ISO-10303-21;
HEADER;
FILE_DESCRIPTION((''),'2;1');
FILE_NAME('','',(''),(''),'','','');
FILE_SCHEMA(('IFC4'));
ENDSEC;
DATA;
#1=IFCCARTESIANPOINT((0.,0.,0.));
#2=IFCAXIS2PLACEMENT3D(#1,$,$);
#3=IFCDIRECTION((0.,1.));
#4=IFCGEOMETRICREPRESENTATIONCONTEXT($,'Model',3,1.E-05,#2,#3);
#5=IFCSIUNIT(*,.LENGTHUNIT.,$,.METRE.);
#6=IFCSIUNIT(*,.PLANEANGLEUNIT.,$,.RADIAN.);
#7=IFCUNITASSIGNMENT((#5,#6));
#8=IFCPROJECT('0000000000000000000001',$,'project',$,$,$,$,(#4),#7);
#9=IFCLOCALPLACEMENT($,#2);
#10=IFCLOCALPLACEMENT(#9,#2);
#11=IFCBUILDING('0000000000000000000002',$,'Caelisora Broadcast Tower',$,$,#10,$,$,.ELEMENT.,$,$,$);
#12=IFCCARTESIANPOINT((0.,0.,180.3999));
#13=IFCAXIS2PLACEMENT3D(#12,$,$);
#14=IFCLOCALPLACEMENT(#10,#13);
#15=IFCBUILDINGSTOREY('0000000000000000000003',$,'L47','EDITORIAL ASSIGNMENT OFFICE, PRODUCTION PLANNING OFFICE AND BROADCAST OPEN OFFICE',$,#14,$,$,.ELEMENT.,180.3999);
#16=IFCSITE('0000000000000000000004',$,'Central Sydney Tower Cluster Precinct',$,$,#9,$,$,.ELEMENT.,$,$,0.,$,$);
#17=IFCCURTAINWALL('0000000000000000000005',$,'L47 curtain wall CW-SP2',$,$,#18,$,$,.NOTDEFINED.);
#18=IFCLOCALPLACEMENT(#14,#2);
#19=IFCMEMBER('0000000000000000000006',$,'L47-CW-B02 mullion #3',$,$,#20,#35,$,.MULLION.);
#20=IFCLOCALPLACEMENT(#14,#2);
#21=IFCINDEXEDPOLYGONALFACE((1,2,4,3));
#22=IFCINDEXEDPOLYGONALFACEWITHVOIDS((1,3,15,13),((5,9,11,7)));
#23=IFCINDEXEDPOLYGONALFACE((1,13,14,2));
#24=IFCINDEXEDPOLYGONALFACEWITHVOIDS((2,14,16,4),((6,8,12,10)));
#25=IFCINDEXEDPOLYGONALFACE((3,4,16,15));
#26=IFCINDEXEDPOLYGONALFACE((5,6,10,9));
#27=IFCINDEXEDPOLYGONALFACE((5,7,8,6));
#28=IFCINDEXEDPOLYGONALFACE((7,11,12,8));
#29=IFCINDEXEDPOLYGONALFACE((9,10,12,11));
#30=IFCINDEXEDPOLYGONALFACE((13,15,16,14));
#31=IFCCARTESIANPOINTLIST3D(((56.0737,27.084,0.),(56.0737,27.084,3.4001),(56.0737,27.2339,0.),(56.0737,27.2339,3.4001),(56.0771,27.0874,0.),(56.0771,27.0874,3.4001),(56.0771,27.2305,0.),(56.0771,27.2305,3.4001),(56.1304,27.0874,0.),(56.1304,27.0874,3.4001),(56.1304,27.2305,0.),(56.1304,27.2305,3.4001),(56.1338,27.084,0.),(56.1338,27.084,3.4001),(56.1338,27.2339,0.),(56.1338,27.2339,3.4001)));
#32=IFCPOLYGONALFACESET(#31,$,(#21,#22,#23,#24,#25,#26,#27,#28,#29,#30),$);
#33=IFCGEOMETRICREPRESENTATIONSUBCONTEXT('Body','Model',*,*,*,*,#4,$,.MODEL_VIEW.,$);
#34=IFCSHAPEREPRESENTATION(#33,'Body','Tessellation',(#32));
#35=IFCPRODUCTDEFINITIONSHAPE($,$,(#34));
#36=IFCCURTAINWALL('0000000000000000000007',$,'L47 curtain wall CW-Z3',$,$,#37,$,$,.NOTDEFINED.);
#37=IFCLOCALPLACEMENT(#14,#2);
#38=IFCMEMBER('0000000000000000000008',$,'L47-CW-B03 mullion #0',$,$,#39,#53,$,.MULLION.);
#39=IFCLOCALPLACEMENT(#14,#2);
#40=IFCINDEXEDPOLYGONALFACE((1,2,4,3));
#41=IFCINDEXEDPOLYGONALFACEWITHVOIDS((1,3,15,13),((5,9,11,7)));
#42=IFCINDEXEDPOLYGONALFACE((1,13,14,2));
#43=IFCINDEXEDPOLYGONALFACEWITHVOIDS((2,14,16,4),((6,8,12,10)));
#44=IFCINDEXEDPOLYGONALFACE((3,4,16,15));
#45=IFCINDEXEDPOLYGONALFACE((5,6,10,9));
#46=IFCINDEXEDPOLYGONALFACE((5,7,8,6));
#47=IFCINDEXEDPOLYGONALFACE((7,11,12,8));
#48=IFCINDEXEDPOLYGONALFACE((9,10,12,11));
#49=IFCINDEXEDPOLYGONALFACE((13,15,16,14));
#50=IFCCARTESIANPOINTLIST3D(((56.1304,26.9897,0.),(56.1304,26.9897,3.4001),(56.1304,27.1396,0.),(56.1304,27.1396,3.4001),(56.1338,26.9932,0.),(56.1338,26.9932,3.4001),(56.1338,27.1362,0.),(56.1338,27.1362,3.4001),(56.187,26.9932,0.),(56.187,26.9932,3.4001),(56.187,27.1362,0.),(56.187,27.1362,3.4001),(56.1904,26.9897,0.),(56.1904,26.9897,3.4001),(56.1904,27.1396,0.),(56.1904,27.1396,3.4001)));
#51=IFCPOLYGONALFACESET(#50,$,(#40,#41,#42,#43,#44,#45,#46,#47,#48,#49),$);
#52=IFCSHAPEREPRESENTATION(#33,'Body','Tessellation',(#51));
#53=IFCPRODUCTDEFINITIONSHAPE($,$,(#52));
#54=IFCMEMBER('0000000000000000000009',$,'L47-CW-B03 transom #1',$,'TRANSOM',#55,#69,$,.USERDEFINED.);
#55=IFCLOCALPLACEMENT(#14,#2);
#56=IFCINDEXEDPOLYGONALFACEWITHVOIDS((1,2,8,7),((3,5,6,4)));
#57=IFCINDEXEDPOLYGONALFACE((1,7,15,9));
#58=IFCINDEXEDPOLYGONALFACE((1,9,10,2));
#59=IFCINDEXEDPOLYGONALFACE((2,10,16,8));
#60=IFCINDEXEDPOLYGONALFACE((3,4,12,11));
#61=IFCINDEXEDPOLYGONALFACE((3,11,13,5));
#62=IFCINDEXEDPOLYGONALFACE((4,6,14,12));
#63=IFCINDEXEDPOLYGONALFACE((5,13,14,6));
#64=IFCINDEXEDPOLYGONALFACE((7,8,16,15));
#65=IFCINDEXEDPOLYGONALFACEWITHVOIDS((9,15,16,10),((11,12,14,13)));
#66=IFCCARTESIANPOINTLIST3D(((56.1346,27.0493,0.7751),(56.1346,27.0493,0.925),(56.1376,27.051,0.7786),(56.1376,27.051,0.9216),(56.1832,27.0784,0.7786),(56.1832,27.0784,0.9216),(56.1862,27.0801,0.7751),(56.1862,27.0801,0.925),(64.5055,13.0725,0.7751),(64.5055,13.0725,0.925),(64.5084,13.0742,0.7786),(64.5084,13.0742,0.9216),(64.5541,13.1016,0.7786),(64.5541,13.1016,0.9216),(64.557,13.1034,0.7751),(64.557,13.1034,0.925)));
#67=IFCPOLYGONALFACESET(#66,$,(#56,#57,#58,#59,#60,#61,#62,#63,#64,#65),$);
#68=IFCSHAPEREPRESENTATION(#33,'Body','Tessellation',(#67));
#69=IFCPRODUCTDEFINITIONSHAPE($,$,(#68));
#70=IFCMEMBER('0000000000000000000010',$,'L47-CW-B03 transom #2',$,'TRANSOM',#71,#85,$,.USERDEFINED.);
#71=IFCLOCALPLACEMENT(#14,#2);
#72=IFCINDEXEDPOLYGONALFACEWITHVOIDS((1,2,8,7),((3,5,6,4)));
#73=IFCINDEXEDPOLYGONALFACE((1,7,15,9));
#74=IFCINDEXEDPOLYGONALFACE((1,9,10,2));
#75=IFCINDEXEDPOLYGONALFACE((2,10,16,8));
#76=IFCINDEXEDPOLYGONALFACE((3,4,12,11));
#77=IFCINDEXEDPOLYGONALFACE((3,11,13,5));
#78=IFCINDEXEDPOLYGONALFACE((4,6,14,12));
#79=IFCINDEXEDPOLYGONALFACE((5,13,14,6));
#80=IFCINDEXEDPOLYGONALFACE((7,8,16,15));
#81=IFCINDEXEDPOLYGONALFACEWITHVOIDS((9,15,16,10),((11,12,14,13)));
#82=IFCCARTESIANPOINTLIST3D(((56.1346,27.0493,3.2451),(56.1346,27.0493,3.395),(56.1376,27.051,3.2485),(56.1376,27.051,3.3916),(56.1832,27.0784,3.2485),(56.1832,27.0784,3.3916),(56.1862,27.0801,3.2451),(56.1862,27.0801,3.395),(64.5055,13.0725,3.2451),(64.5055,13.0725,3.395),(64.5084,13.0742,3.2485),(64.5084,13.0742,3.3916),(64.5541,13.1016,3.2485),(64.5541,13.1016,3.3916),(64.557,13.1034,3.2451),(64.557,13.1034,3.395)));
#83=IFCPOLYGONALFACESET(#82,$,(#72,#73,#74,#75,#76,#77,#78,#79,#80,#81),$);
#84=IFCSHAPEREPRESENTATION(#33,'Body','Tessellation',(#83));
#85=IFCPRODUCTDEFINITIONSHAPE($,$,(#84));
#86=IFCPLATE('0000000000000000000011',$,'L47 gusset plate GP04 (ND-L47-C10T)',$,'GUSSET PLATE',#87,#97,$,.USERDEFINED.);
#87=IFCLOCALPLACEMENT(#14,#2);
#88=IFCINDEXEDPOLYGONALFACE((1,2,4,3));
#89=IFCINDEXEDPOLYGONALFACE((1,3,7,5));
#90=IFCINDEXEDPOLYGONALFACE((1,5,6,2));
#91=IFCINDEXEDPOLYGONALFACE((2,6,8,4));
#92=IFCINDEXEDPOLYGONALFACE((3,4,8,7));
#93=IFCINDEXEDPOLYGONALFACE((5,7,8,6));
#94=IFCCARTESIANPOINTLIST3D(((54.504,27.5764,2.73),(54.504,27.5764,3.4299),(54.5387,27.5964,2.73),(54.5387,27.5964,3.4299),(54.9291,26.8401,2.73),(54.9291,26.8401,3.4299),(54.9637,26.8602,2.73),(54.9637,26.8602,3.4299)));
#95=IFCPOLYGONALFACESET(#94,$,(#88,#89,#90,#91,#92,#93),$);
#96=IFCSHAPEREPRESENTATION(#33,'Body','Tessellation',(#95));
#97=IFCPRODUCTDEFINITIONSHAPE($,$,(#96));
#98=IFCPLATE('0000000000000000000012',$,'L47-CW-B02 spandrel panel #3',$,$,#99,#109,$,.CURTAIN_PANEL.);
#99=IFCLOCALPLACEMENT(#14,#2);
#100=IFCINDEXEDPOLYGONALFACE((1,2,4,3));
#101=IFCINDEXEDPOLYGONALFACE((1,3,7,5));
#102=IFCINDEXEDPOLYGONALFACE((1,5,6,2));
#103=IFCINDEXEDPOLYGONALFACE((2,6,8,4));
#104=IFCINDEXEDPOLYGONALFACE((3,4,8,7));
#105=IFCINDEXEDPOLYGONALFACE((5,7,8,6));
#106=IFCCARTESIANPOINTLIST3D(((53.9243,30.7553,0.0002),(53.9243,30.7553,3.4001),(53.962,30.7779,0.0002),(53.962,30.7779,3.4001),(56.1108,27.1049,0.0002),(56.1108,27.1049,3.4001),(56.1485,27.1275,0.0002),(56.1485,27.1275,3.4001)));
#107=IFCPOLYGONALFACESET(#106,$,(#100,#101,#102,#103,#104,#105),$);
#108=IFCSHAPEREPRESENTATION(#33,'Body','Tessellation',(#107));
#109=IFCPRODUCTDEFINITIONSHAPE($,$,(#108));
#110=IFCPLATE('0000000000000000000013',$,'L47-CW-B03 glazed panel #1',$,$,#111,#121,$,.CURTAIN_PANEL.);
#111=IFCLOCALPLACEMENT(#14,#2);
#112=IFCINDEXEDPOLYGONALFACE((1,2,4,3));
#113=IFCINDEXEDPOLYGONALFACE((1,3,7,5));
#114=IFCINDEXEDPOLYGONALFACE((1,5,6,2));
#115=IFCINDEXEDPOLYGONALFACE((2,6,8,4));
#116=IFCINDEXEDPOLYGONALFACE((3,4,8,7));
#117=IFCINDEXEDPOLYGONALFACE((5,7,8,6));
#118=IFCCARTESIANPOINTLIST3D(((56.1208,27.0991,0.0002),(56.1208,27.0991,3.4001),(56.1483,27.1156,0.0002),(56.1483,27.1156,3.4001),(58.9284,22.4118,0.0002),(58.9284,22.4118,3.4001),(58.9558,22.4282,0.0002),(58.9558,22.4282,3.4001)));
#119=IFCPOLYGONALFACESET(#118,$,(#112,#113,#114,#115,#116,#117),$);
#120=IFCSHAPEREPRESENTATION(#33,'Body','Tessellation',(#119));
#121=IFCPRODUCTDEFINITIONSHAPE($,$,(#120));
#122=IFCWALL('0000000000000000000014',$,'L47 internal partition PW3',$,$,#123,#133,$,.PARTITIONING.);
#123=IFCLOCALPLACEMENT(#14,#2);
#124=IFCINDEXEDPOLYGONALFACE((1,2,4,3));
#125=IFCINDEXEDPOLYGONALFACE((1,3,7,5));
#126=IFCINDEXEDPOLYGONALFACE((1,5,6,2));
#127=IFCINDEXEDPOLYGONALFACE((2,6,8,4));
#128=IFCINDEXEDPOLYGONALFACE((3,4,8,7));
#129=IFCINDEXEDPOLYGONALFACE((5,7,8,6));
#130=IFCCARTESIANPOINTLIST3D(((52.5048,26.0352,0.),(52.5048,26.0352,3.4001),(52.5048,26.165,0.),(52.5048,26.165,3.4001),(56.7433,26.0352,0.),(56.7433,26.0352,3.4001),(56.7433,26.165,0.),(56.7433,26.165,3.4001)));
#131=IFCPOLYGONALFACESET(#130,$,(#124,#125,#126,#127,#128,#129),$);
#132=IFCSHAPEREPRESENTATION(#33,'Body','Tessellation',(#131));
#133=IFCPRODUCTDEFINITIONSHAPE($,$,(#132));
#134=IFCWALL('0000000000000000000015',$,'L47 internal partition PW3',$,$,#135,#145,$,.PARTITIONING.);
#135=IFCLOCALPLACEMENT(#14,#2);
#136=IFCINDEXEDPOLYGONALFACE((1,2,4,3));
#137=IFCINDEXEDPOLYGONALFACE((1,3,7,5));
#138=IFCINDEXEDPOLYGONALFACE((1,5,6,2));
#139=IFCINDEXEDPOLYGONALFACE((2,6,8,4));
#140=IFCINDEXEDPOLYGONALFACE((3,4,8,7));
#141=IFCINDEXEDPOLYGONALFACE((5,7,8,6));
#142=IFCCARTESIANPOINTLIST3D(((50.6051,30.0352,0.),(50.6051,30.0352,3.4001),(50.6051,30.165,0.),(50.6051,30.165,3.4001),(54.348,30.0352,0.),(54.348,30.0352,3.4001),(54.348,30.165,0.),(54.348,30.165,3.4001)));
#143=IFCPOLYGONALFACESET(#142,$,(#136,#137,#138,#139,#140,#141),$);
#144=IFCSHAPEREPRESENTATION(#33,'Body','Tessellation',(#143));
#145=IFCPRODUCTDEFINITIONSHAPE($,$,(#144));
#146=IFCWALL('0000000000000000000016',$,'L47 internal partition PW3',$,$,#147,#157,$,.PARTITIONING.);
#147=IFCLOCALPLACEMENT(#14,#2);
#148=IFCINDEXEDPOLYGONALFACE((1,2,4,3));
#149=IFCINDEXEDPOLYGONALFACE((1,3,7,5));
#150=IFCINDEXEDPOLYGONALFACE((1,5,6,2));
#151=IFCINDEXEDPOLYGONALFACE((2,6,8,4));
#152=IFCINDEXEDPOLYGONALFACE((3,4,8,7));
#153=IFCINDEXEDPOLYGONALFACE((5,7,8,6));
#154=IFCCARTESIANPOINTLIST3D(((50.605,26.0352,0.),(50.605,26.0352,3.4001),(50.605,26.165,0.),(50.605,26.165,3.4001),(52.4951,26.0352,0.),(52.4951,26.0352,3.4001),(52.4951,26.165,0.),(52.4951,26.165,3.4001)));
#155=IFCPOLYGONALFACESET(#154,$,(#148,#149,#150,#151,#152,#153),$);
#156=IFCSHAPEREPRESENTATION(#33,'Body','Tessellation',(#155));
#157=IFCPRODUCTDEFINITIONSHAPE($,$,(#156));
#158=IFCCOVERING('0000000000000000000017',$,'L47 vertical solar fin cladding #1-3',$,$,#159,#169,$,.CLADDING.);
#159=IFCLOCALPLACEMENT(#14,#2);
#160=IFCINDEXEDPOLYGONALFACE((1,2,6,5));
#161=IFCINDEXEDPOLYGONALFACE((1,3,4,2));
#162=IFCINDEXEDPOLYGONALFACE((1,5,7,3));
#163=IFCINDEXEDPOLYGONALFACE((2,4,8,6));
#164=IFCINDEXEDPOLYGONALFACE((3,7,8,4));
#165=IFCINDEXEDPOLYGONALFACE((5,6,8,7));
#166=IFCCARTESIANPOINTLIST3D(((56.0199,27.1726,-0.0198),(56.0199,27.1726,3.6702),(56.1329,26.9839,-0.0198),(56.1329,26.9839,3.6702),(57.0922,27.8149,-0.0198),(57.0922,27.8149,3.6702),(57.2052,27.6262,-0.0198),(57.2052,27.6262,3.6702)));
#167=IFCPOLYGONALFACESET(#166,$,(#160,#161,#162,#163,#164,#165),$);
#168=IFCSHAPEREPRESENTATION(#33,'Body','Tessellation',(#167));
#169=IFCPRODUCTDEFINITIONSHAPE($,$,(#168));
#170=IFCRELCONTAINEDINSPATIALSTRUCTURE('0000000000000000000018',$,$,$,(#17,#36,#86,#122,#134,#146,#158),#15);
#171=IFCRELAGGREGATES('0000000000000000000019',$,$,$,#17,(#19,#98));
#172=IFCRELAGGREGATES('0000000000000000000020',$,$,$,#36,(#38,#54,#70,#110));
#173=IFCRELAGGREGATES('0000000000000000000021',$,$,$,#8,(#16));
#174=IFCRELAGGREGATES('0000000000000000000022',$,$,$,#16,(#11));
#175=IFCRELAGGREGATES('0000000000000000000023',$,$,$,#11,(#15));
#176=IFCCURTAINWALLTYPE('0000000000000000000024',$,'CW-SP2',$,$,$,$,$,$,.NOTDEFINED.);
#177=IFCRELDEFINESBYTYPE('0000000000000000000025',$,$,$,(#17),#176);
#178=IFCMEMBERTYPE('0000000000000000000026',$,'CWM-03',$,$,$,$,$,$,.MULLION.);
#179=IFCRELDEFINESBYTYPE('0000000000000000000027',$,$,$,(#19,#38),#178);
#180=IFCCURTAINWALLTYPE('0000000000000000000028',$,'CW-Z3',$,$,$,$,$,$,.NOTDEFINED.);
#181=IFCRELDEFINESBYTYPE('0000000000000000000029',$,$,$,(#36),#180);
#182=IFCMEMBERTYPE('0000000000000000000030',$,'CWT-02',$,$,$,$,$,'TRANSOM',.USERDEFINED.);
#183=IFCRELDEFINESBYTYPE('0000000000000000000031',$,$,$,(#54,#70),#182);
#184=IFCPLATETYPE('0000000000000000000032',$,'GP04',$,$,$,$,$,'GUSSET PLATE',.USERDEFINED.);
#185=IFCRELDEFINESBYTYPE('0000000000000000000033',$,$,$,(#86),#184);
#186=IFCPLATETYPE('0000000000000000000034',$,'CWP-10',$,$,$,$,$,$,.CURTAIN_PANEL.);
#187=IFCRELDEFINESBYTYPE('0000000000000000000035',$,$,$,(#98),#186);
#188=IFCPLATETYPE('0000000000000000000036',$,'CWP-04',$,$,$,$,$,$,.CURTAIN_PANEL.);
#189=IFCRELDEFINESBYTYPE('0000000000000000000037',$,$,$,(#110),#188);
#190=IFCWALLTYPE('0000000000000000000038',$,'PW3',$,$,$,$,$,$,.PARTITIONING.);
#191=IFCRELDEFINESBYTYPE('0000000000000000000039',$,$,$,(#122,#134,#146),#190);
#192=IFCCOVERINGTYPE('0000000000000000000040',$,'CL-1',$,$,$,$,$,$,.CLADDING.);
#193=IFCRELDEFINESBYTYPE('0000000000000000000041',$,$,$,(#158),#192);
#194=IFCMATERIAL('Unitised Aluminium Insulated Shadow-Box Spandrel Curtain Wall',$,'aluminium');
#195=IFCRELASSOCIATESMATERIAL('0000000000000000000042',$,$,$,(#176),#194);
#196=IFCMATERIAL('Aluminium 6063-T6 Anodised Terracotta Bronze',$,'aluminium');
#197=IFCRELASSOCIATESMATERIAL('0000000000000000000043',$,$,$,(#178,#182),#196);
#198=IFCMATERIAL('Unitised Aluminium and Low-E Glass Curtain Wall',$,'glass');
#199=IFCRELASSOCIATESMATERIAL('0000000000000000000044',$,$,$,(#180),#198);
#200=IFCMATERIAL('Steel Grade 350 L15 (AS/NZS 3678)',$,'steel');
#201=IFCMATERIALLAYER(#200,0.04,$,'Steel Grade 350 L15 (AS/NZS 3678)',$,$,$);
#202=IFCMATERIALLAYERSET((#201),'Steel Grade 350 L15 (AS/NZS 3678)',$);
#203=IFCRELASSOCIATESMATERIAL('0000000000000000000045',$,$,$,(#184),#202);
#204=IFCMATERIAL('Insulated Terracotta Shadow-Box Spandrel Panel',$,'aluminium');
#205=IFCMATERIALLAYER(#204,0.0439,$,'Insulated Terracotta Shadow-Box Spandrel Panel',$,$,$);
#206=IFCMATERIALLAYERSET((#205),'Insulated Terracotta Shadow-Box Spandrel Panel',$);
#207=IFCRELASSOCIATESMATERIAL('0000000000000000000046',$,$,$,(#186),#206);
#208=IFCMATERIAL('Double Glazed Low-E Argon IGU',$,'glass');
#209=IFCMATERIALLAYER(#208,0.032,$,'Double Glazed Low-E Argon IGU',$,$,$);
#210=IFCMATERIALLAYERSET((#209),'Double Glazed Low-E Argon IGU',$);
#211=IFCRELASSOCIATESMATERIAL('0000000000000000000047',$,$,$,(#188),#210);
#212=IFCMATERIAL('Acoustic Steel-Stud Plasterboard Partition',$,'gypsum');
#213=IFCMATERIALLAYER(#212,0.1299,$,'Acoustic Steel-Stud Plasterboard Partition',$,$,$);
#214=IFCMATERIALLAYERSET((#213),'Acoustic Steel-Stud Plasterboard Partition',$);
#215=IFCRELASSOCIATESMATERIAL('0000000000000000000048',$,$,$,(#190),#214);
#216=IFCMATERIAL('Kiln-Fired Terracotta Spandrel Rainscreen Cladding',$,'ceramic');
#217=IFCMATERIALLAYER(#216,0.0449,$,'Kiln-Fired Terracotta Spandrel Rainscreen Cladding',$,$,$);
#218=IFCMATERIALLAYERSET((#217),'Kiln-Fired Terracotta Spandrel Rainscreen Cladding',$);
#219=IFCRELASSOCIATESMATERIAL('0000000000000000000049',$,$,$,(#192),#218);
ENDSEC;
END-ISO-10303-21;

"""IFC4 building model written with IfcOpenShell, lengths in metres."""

from ifc_helpers import new_model, si_unit, direction, frame, frame_2d, origin, origin_2d, place, context, subcontext, project, spatial, rectangle, hollow_rectangle, extrude, source, transform, mapped, material, layer, layer_set, material_profile, profile_set, type_object, type_shapes, element, aggregate, save


model = new_model("IFC4")

# Units and contexts
model_context = context("Model", 3, precision=1e-05, world=origin(), true_north=direction((0.0, 1.0)))
body_context = subcontext(model_context, "Body", "Model", "MODEL_VIEW")
ifc_project = project(units=[si_unit("LENGTHUNIT", "METRE"), si_unit("PLANEANGLEUNIT", "RADIAN")], contexts=[model_context])

# Site, building, storey
site_placement = place(None, origin())
site = spatial("IfcSite", under=ifc_project, at=site_placement, Name="Central Sydney Tower Cluster Precinct", CompositionType="ELEMENT", RefElevation=0.0)
building_placement = place(site_placement, origin())
building = spatial("IfcBuilding", under=site, at=building_placement, Name="Caelisora Broadcast Tower", CompositionType="ELEMENT")
storey_placement = place(building_placement, frame((0.0, 0.0, 180.3999)))
storey = spatial("IfcBuildingStorey", under=building, at=storey_placement, Name="L47", Description="EDITORIAL ASSIGNMENT OFFICE, PRODUCTION PLANNING OFFICE AND BROADCAST OPEN OFFICE", CompositionType="ELEMENT", Elevation=180.3999)

# Shared definitions
ifc_material_1 = material(Name="Steel Grade 350 L15 (AS/NZS 3678)", Category="steel")

# Curtain walls, members
ifc_material_2 = material(Name="Unitised Aluminium Insulated Shadow-Box Spandrel Curtain Wall", Category="aluminium")
curtain_wall_type_1 = type_object("IfcCurtainWallType", Name="CW-SP2", PredefinedType="NOTDEFINED", material=ifc_material_2)
curtain_wall_1_placement = place(storey_placement, origin())
curtain_wall_1 = element("IfcCurtainWall", 1, at=curtain_wall_1_placement, inside=storey, type_object=curtain_wall_type_1, Name="L47 curtain wall CW-SP2", PredefinedType="NOTDEFINED")
ifc_material_3 = material(Name="Aluminium 6063-T6 Anodised Terracotta Bronze", Category="aluminium")
ifc_material_profile_1 = material_profile(ifc_material_3, hollow_rectangle(XDim=0.0601, YDim=0.1499, WallThickness=0.0034, at=origin_2d()), Name="Aluminium 6063-T6 Anodised Terracotta Bronze")
ifc_profile_set_1 = profile_set([ifc_material_profile_1], Name="Aluminium 6063-T6 Anodised Terracotta Bronze")
member_type_1 = type_object("IfcMemberType", Name="CWM-03", PredefinedType="MULLION", material=ifc_profile_set_1)
shared_shape_1 = source(origin(), body_context, "Body", "SweptSolid", [
    extrude(hollow_rectangle(XDim=0.0601, YDim=0.1499, WallThickness=0.0034, at=origin_2d()), origin(), (0.0, 0.0, 1.0), 3.4001),
])
type_shapes(member_type_1, [shared_shape_1])
member_1_placement = place(storey_placement, frame((56.1038, 27.1589, 0.0), z_axis=(0.0, 0.0, 1.0), x_axis=(1.0, 0.0, 0.0)))
member_1 = element("IfcMember", 2, at=member_1_placement, type_object=member_type_1, Name="L47-CW-B02 mullion #3", PredefinedType="MULLION", context=body_context, shape_type="MappedRepresentation", body=[
    mapped(shared_shape_1, transform((0.0, 0.0, 0.0), scale=1.0)),
])
ifc_material_4 = material(Name="Unitised Aluminium and Low-E Glass Curtain Wall", Category="glass")
curtain_wall_type_2 = type_object("IfcCurtainWallType", Name="CW-Z3", PredefinedType="NOTDEFINED", material=ifc_material_4)
curtain_wall_2_placement = place(storey_placement, origin())
curtain_wall_2 = element("IfcCurtainWall", 3, at=curtain_wall_2_placement, inside=storey, type_object=curtain_wall_type_2, Name="L47 curtain wall CW-Z3", PredefinedType="NOTDEFINED")
member_2_placement = place(storey_placement, frame((56.1604, 27.0647, 0.0), z_axis=(0.0, 0.0, 1.0), x_axis=(1.0, 0.0, 0.0)))
member_2 = element("IfcMember", 4, at=member_2_placement, type_object=member_type_1, Name="L47-CW-B03 mullion #0", PredefinedType="MULLION", context=body_context, shape_type="MappedRepresentation", body=[
    mapped(shared_shape_1, transform((0.0, 0.0, 0.0), scale=1.0)),
])
ifc_material_profile_2 = material_profile(ifc_material_3, hollow_rectangle(XDim=0.0601, YDim=0.1499, WallThickness=0.0034, at=origin_2d()), Name="Aluminium 6063-T6 Anodised Terracotta Bronze")
ifc_profile_set_2 = profile_set([ifc_material_profile_2], Name="Aluminium 6063-T6 Anodised Terracotta Bronze")
member_type_2 = type_object("IfcMemberType", Name="CWT-02", ElementType="TRANSOM", PredefinedType="USERDEFINED", material=ifc_profile_set_2)
shared_shape_2 = source(origin(), body_context, "Body", "SweptSolid", [
    extrude(hollow_rectangle(XDim=0.0601, YDim=0.1499, WallThickness=0.0034, at=origin_2d()), origin(), (0.0, 0.0, 1.0), 16.2917),
])
type_shapes(member_type_2, [shared_shape_2])
member_3_placement = place(storey_placement, frame((56.1604, 27.0647, 0.8501), z_axis=(0.513808, -0.857905, 0.0), x_axis=(0.857905, 0.513808, 0.0)))
member_3 = element("IfcMember", 5, at=member_3_placement, type_object=member_type_2, Name="L47-CW-B03 transom #1", ObjectType="TRANSOM", PredefinedType="USERDEFINED", context=body_context, shape_type="MappedRepresentation", body=[
    mapped(shared_shape_2, transform((0.0, 0.0, 0.0), scale=1.0)),
])
member_4_placement = place(storey_placement, frame((56.1604, 27.0647, 3.3201), z_axis=(0.513808, -0.857905, 0.0), x_axis=(0.857905, 0.513808, 0.0)))
member_4 = element("IfcMember", 6, at=member_4_placement, type_object=member_type_2, Name="L47-CW-B03 transom #2", ObjectType="TRANSOM", PredefinedType="USERDEFINED", context=body_context, shape_type="MappedRepresentation", body=[
    mapped(shared_shape_2, transform((0.0, 0.0, 0.0), scale=1.0)),
])

# Plates
ifc_layer_1 = layer(ifc_material_1, 0.04, Name="Steel Grade 350 L15 (AS/NZS 3678)")
ifc_layer_set_1 = layer_set([ifc_layer_1], Name="Steel Grade 350 L15 (AS/NZS 3678)")
plate_type_1 = type_object("IfcPlateType", Name="GP04", ElementType="GUSSET PLATE", PredefinedType="USERDEFINED", material=ifc_layer_set_1)
shared_shape_3 = source(origin(), body_context, "Body", "SweptSolid", [
    extrude(rectangle(XDim=0.8501, YDim=0.04, at=origin_2d()), origin(), (0.0, 0.0, 1.0), 0.7),
])
type_shapes(plate_type_1, [shared_shape_3])
plate_1_placement = place(storey_placement, frame((54.7339, 27.2183, 2.73), z_axis=(0.0, 0.0, 1.0), x_axis=(-0.5, 0.866025, 0.0)))
element("IfcPlate", 7, at=plate_1_placement, inside=storey, type_object=plate_type_1, Name="L47 gusset plate GP04 (ND-L47-C10T)", ObjectType="GUSSET PLATE", PredefinedType="USERDEFINED", context=body_context, shape_type="MappedRepresentation", body=[
    mapped(shared_shape_3, transform((0.0, 0.0, 0.0), scale=1.0)),
])
ifc_material_5 = material(Name="Insulated Terracotta Shadow-Box Spandrel Panel", Category="aluminium")
ifc_layer_2 = layer(ifc_material_5, 0.0439, Name="Insulated Terracotta Shadow-Box Spandrel Panel")
ifc_layer_set_2 = layer_set([ifc_layer_2], Name="Insulated Terracotta Shadow-Box Spandrel Panel")
plate_type_2 = type_object("IfcPlateType", Name="CWP-10", PredefinedType="CURTAIN_PANEL", material=ifc_layer_set_2)
shared_shape_4 = source(origin(), body_context, "Body", "SweptSolid", [
    extrude(rectangle(XDim=4.2551, YDim=0.0439, at=origin_2d()), origin(), (0.0, 0.0, 1.0), 3.3999),
])
type_shapes(plate_type_2, [shared_shape_4])
plate_2_placement = place(storey_placement, frame((55.0364, 28.9414, 0.0002), z_axis=(0.0, 0.0, 1.0), x_axis=(0.513841, -0.857886, 0.0)))
plate_2 = element("IfcPlate", 8, at=plate_2_placement, type_object=plate_type_2, Name="L47-CW-B02 spandrel panel #3", PredefinedType="CURTAIN_PANEL", context=body_context, shape_type="MappedRepresentation", body=[
    mapped(shared_shape_4, transform((0.0, 0.0, 0.0), scale=1.0)),
])
aggregate(curtain_wall_1, [member_1, plate_2])
ifc_material_6 = material(Name="Double Glazed Low-E Argon IGU", Category="glass")
ifc_layer_3 = layer(ifc_material_6, 0.032, Name="Double Glazed Low-E Argon IGU")
ifc_layer_set_3 = layer_set([ifc_layer_3], Name="Double Glazed Low-E Argon IGU")
plate_type_3 = type_object("IfcPlateType", Name="CWP-04", PredefinedType="CURTAIN_PANEL", material=ifc_layer_set_3)
shared_shape_5 = source(origin(), body_context, "Body", "SweptSolid", [
    extrude(rectangle(XDim=5.4639, YDim=0.032, at=origin_2d()), origin(), (0.0, 0.0, 1.0), 3.3999),
])
type_shapes(plate_type_3, [shared_shape_5])
plate_3_placement = place(storey_placement, frame((57.5383, 24.7637, 0.0002), z_axis=(0.0, 0.0, 1.0), x_axis=(0.513841, -0.857886, 0.0)))
plate_3 = element("IfcPlate", 9, at=plate_3_placement, type_object=plate_type_3, Name="L47-CW-B03 glazed panel #1", PredefinedType="CURTAIN_PANEL", context=body_context, shape_type="MappedRepresentation", body=[
    mapped(shared_shape_5, transform((0.0, 0.0, 0.0), scale=1.0)),
])
aggregate(curtain_wall_2, [member_2, member_3, member_4, plate_3])

# Wall
ifc_material_7 = material(Name="Acoustic Steel-Stud Plasterboard Partition", Category="gypsum")
ifc_layer_4 = layer(ifc_material_7, 0.1299, Name="Acoustic Steel-Stud Plasterboard Partition")
ifc_layer_set_4 = layer_set([ifc_layer_4], Name="Acoustic Steel-Stud Plasterboard Partition")
wall_type = type_object("IfcWallType", Name="PW3", PredefinedType="PARTITIONING", material=ifc_layer_set_4)
wall_1_placement = place(storey_placement, frame((52.5049, 26.1001, 0.0), z_axis=(0.0, 0.0, 1.0), x_axis=(1.0, 0.0, 0.0)))
element("IfcWall", 10, at=wall_1_placement, inside=storey, type_object=wall_type, Name="L47 internal partition PW3", PredefinedType="PARTITIONING", context=body_context, shape_type="SweptSolid", body=[
    extrude(rectangle(XDim=4.2385, YDim=0.1299, at=frame_2d((2.1191, 0.0))), origin(), (0.0, 0.0, 1.0), 3.4001),
])

# Walls
wall_2_placement = place(storey_placement, frame((50.605, 30.1001, 0.0), z_axis=(0.0, 0.0, 1.0), x_axis=(1.0, 0.0, 0.0)))
element("IfcWall", 11, at=wall_2_placement, inside=storey, type_object=wall_type, Name="L47 internal partition PW3", PredefinedType="PARTITIONING", context=body_context, shape_type="SweptSolid", body=[
    extrude(rectangle(XDim=3.7429, YDim=0.1299, at=frame_2d((1.8716, 0.0))), origin(), (0.0, 0.0, 1.0), 3.4001),
])
wall_3_placement = place(storey_placement, frame((50.605, 26.1001, 0.0), z_axis=(0.0, 0.0, 1.0), x_axis=(1.0, 0.0, 0.0)))
element("IfcWall", 12, at=wall_3_placement, inside=storey, type_object=wall_type, Name="L47 internal partition PW3", PredefinedType="PARTITIONING", context=body_context, shape_type="SweptSolid", body=[
    extrude(rectangle(XDim=1.8901, YDim=0.1299, at=frame_2d((0.9451, 0.0))), origin(), (0.0, 0.0, 1.0), 3.4001),
])

# Covering
ifc_material_8 = material(Name="Kiln-Fired Terracotta Spandrel Rainscreen Cladding", Category="ceramic")
ifc_layer_5 = layer(ifc_material_8, 0.0449, Name="Kiln-Fired Terracotta Spandrel Rainscreen Cladding")
ifc_layer_set_5 = layer_set([ifc_layer_5], Name="Kiln-Fired Terracotta Spandrel Rainscreen Cladding")
covering_type = type_object("IfcCoveringType", Name="CL-1", PredefinedType="CLADDING", material=ifc_layer_set_5)
shared_shape_6 = source(origin(), body_context, "Body", "SweptSolid", [
    extrude(rectangle(XDim=0.22, YDim=1.25, at=origin_2d()), origin(), (0.0, 0.0, 1.0), 3.6899),
])
type_shapes(covering_type, [shared_shape_6])
covering_placement = place(storey_placement, frame((56.6125, 27.3994, -0.0198), z_axis=(0.0, 0.0, 1.0), x_axis=(0.513841, -0.857886, 0.0)))
element("IfcCovering", 13, at=covering_placement, inside=storey, type_object=covering_type, Name="L47 vertical solar fin cladding #1-3", PredefinedType="CLADDING", context=body_context, shape_type="MappedRepresentation", body=[
    mapped(shared_shape_6, transform((0.0, 0.0, 0.0), scale=1.0)),
])

save(model, "model.ifc")
